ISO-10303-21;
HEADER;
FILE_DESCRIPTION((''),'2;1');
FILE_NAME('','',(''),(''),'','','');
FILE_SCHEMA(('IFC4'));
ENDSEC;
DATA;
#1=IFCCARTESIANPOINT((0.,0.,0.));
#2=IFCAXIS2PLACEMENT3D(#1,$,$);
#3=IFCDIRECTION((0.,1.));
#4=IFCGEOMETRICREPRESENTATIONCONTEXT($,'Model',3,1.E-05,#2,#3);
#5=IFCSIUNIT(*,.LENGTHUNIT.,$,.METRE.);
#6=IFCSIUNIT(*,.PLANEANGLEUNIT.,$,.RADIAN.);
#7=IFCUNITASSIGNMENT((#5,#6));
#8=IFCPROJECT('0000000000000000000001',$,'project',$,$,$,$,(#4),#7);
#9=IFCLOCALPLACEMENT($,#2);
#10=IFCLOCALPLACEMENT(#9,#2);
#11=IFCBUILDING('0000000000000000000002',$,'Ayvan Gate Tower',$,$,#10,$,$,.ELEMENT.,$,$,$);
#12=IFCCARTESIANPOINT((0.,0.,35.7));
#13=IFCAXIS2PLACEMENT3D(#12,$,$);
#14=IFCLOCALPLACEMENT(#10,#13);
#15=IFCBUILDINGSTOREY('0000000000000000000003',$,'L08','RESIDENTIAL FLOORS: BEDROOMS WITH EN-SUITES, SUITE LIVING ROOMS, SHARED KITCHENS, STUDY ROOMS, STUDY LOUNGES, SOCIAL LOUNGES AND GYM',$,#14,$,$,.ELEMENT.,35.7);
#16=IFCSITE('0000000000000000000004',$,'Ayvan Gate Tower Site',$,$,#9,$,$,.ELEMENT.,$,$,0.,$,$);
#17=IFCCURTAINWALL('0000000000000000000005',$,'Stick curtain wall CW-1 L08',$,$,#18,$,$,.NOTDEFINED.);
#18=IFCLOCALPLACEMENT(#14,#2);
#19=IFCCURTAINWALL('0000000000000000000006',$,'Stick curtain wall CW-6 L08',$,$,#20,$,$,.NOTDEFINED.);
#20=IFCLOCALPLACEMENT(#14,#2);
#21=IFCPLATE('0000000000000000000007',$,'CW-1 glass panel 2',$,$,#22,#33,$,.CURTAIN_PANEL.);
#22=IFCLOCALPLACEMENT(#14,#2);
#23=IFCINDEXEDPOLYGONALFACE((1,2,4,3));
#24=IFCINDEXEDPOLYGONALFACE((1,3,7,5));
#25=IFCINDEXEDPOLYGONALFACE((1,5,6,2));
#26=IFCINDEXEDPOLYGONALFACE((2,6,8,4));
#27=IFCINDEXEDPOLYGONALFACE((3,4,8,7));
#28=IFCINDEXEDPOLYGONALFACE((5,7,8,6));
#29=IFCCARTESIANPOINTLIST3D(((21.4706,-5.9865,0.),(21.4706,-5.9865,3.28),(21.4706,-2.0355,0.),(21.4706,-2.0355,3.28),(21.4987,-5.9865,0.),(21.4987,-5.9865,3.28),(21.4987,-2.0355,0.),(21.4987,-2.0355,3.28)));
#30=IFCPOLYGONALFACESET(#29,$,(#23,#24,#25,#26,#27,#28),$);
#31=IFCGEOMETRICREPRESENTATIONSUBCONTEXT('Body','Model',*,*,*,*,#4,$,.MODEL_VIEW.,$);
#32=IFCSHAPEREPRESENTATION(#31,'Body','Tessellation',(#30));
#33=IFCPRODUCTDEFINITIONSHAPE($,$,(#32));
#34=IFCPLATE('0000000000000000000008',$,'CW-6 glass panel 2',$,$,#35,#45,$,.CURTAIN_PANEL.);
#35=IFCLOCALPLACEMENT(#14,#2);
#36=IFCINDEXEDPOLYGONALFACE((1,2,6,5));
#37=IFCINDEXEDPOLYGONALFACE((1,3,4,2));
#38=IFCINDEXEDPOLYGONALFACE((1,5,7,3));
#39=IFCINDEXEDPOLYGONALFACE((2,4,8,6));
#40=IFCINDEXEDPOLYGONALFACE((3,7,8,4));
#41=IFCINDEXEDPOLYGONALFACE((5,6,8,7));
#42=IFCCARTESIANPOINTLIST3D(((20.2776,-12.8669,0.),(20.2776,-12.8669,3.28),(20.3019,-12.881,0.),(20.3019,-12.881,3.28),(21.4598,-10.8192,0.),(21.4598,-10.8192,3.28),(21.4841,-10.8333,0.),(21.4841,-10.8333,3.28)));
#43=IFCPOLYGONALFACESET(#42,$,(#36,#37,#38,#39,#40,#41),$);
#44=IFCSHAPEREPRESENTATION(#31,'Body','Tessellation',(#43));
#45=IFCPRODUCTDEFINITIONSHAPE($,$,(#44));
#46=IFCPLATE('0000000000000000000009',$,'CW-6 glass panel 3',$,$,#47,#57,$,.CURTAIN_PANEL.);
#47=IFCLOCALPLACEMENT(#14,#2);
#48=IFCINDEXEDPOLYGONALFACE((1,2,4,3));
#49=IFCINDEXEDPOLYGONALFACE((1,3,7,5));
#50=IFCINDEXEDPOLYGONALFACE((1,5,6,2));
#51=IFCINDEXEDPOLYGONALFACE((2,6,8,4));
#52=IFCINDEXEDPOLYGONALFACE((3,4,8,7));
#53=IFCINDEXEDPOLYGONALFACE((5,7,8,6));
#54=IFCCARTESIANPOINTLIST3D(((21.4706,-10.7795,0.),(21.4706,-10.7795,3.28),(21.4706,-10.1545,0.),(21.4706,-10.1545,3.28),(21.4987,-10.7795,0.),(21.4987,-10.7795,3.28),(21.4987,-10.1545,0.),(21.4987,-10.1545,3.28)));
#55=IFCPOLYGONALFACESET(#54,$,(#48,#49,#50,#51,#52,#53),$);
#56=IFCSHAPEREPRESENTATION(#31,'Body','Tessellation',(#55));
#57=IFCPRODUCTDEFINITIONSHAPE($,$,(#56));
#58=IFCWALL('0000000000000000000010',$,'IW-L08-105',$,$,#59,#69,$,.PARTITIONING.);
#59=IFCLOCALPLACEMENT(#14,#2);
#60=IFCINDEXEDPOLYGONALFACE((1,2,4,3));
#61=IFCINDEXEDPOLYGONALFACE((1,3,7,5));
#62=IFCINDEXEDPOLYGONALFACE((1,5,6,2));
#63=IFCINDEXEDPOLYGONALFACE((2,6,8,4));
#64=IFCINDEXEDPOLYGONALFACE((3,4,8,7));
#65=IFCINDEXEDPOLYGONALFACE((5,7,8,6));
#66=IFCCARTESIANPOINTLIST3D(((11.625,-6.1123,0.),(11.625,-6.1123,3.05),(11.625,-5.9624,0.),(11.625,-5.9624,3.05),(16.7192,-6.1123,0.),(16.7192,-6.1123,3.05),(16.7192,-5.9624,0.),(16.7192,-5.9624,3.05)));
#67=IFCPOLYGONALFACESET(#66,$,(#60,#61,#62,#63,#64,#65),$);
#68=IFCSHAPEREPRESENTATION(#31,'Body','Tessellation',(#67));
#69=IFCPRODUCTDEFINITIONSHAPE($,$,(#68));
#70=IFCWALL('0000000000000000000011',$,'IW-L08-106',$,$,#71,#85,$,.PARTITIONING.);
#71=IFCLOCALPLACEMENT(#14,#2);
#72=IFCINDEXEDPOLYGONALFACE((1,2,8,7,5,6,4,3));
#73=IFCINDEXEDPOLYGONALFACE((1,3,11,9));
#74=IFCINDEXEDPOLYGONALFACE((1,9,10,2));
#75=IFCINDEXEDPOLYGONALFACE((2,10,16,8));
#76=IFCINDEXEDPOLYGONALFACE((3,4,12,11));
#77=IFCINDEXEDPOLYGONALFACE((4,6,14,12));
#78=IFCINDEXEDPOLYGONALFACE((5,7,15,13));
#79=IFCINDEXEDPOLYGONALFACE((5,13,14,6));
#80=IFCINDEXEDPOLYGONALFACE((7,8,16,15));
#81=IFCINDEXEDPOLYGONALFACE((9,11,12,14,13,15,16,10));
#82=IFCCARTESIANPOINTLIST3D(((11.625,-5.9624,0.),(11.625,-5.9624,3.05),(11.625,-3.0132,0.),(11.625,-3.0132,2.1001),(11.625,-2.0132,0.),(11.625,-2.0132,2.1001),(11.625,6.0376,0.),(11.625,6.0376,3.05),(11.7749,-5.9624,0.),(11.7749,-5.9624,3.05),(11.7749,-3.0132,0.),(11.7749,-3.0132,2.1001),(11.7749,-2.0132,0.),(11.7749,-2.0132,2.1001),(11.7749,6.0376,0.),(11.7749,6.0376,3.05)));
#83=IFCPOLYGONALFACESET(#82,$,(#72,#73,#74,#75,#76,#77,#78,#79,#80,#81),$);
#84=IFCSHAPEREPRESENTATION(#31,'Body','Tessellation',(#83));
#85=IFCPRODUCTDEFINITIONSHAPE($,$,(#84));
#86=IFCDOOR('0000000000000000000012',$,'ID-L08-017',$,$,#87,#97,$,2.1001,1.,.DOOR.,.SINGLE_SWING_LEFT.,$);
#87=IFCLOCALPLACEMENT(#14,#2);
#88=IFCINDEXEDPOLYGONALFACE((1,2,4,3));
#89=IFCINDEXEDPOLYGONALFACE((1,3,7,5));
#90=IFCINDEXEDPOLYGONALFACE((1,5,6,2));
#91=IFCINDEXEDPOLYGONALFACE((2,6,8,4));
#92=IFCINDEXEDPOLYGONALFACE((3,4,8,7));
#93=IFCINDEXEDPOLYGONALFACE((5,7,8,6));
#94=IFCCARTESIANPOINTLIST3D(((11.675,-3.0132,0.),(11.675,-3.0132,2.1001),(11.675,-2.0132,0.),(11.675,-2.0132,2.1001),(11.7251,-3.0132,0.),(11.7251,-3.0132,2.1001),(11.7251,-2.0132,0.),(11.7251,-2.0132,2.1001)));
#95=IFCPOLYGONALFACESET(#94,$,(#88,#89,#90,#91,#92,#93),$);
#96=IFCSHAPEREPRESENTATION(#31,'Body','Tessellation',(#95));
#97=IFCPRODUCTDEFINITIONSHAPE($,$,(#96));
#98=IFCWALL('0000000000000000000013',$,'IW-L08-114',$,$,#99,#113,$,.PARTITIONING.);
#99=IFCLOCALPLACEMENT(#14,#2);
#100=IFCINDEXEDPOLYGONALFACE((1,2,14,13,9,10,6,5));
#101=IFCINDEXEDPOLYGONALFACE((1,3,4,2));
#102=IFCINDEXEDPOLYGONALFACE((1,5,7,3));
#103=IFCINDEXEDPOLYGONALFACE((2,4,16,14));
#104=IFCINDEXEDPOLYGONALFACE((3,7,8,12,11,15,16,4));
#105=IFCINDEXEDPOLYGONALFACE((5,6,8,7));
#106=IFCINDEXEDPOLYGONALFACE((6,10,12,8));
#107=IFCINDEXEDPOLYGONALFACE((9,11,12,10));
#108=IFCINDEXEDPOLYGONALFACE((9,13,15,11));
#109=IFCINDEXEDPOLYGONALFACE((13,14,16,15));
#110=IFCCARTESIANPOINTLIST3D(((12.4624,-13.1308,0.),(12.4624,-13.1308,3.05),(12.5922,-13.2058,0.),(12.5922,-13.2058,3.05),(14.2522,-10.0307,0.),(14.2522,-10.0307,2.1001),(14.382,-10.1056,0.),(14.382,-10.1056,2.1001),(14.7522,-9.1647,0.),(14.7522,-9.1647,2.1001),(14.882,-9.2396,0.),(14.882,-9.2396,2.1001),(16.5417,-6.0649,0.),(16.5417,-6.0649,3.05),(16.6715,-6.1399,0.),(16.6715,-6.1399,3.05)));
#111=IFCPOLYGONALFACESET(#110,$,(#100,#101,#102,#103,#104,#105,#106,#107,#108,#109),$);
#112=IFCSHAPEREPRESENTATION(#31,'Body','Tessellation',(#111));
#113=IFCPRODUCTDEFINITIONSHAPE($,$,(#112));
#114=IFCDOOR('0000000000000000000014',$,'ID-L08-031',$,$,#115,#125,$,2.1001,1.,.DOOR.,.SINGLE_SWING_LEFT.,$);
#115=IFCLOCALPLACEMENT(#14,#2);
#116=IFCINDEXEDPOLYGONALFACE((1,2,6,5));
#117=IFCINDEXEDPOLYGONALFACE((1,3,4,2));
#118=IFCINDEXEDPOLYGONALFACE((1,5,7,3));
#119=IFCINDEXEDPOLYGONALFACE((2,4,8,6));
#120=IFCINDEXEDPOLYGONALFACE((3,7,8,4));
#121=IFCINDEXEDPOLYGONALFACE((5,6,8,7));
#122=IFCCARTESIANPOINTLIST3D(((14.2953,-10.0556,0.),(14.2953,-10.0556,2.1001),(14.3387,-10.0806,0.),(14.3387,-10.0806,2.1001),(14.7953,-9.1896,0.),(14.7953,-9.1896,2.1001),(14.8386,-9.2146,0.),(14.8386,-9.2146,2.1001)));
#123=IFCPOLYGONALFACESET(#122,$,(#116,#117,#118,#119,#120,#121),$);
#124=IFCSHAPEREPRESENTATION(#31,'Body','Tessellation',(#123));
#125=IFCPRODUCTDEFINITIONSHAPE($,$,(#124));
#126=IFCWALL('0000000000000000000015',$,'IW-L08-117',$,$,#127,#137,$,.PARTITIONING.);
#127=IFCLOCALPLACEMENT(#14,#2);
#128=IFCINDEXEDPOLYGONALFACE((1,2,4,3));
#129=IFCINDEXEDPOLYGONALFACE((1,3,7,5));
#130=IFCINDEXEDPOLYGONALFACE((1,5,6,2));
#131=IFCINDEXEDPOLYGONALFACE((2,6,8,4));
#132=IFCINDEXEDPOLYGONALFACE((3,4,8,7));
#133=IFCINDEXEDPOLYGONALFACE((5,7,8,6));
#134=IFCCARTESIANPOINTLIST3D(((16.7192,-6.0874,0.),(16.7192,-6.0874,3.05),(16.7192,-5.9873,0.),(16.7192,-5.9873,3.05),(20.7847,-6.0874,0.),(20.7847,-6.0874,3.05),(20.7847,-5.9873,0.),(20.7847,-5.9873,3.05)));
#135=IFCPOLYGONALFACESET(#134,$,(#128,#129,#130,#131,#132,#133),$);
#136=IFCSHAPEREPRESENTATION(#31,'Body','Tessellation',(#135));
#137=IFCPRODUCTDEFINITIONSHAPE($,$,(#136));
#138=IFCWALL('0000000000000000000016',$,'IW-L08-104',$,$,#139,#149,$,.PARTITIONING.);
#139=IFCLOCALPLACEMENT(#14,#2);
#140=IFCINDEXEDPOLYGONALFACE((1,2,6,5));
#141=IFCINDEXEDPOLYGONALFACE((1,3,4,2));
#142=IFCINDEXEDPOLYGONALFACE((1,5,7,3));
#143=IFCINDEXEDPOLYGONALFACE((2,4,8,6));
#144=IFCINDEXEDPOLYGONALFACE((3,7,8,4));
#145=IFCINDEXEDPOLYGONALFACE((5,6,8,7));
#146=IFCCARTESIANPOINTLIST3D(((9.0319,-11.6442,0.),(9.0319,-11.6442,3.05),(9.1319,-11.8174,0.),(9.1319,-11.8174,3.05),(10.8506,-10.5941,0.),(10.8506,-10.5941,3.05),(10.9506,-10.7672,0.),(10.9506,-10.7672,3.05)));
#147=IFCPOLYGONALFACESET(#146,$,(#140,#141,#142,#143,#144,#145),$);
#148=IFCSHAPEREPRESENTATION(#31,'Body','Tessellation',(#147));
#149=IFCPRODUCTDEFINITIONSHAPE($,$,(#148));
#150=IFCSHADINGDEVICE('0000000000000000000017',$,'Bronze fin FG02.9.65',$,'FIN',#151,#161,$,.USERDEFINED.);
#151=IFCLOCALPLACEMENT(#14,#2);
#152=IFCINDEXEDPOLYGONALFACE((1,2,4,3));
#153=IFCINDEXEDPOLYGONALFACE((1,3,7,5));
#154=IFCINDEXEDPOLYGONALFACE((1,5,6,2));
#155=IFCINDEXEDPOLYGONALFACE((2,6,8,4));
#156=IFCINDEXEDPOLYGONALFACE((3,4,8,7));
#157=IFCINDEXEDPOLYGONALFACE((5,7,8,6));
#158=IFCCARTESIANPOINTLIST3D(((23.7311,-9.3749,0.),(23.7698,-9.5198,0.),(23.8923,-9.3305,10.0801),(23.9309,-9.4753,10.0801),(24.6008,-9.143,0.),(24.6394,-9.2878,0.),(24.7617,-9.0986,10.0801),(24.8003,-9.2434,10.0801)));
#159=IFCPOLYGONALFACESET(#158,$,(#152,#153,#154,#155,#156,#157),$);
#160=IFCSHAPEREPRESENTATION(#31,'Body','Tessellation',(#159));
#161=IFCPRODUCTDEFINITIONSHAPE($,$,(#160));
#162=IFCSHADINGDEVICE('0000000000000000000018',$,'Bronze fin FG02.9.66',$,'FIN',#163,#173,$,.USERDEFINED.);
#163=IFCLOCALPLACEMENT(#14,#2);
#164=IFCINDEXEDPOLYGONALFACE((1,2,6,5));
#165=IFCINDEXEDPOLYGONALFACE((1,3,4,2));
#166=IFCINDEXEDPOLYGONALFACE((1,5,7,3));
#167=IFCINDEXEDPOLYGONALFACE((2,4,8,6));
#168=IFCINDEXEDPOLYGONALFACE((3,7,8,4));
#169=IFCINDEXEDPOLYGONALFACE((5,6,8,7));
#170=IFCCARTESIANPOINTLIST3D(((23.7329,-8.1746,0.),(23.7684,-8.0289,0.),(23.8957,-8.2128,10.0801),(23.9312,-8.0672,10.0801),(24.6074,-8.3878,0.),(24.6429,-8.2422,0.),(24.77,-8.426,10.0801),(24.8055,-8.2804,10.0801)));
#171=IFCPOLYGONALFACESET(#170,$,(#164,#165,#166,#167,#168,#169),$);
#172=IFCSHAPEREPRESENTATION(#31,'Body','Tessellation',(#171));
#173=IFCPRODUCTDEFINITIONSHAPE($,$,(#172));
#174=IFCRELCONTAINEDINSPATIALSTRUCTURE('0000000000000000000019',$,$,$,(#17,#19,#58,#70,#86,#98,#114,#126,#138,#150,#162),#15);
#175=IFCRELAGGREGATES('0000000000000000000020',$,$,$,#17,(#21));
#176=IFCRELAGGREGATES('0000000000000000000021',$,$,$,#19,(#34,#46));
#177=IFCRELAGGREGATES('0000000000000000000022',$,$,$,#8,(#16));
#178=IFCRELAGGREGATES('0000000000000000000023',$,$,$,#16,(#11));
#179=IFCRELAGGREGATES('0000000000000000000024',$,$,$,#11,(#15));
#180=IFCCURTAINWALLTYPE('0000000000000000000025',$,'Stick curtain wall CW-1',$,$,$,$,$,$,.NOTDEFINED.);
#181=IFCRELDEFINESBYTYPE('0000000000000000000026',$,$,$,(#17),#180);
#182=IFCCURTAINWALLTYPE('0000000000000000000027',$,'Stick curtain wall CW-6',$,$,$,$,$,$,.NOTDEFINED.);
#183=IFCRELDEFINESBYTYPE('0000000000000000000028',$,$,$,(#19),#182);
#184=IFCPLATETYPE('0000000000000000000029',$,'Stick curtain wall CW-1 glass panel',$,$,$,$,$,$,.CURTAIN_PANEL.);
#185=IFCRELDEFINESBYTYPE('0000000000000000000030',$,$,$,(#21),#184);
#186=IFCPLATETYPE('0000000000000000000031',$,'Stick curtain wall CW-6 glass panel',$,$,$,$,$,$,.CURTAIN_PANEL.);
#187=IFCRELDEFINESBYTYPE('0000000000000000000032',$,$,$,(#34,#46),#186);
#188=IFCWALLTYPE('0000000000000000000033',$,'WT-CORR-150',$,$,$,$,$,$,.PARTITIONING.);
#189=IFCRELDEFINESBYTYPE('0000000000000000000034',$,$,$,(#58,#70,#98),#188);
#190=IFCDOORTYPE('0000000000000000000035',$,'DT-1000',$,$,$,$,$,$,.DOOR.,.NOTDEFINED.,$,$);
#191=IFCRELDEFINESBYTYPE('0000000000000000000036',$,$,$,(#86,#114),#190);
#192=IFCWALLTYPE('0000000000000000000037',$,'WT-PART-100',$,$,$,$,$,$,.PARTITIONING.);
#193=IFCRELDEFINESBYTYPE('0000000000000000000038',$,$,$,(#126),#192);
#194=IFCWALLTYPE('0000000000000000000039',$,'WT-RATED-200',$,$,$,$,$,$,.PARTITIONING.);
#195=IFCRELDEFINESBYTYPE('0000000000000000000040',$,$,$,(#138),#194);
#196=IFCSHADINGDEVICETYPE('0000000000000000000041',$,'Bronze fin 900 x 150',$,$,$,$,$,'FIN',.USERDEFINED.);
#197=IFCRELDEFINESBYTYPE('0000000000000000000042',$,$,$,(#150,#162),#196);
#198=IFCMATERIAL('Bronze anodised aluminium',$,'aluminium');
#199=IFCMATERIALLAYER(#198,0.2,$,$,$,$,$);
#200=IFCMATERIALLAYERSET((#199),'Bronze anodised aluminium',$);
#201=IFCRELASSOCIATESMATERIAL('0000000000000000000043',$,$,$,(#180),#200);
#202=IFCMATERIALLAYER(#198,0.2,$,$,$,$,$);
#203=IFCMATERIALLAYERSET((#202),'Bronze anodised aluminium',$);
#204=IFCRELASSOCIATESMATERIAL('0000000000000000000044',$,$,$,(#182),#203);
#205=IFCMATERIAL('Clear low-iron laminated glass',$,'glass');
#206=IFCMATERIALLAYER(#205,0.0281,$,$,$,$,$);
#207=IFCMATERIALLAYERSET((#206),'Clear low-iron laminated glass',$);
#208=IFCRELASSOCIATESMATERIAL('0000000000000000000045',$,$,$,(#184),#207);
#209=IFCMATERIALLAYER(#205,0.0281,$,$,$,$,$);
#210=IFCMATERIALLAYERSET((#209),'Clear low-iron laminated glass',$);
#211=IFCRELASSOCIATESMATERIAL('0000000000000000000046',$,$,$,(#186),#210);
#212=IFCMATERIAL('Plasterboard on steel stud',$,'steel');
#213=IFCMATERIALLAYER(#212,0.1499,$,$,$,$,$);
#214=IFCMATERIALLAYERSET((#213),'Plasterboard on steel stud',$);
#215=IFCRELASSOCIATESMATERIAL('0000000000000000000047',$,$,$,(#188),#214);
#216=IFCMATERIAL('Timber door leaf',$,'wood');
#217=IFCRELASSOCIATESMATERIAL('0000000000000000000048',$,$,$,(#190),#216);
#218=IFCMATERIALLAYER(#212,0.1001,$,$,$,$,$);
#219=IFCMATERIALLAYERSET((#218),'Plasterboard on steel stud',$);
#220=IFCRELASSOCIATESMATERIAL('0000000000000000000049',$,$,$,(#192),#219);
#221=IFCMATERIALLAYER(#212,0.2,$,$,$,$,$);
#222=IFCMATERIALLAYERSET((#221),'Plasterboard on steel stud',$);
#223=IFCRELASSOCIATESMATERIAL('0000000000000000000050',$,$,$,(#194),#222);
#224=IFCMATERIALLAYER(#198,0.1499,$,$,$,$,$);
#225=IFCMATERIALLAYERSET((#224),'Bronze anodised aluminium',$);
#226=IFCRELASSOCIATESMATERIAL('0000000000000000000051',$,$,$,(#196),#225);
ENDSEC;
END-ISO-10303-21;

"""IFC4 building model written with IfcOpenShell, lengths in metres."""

from ifc_helpers import new_model, si_unit, direction, frame, frame_2d, origin, origin_2d, place, context, subcontext, project, spatial, polyline, rectangle, outline, extrude, material, layer, layer_set, type_object, element, fill, aggregate, save


model = new_model("IFC4")

# Units and contexts
model_context = context("Model", 3, precision=1e-05, world=origin(), true_north=direction((0.0, 1.0)))
body_context = subcontext(model_context, "Body", "Model", "MODEL_VIEW")
ifc_project = project(units=[si_unit("LENGTHUNIT", "METRE"), si_unit("PLANEANGLEUNIT", "RADIAN")], contexts=[model_context])

# Site, building, storey
site_placement = place(None, origin())
site = spatial("IfcSite", under=ifc_project, at=site_placement, Name="Ayvan Gate Tower Site", CompositionType="ELEMENT", RefElevation=0.0)
building_placement = place(site_placement, origin())
building = spatial("IfcBuilding", under=site, at=building_placement, Name="Ayvan Gate Tower", CompositionType="ELEMENT")
storey_placement = place(building_placement, frame((0.0, 0.0, 35.7)))
storey = spatial("IfcBuildingStorey", under=building, at=storey_placement, Name="L08", Description="RESIDENTIAL FLOORS: BEDROOMS WITH EN-SUITES, SUITE LIVING ROOMS, SHARED KITCHENS, STUDY ROOMS, STUDY LOUNGES, SOCIAL LOUNGES AND GYM", CompositionType="ELEMENT", Elevation=35.7)

# Curtain walls
ifc_material_1 = material(Name="Bronze anodised aluminium", Category="aluminium")
ifc_layer_1 = layer(ifc_material_1, 0.2)
ifc_layer_set_1 = layer_set([ifc_layer_1], Name="Bronze anodised aluminium")
curtain_wall_type_1 = type_object("IfcCurtainWallType", Name="Stick curtain wall CW-1", PredefinedType="NOTDEFINED", material=ifc_layer_set_1)
curtain_wall_1_placement = place(storey_placement, origin())
curtain_wall_1 = element("IfcCurtainWall", 1, at=curtain_wall_1_placement, inside=storey, type_object=curtain_wall_type_1, Name="Stick curtain wall CW-1 L08", PredefinedType="NOTDEFINED")
ifc_layer_2 = layer(ifc_material_1, 0.2)
ifc_layer_set_2 = layer_set([ifc_layer_2], Name="Bronze anodised aluminium")
curtain_wall_type_2 = type_object("IfcCurtainWallType", Name="Stick curtain wall CW-6", PredefinedType="NOTDEFINED", material=ifc_layer_set_2)
curtain_wall_2_placement = place(storey_placement, origin())
curtain_wall_2 = element("IfcCurtainWall", 2, at=curtain_wall_2_placement, inside=storey, type_object=curtain_wall_type_2, Name="Stick curtain wall CW-6 L08", PredefinedType="NOTDEFINED")

# Plates
ifc_material_2 = material(Name="Clear low-iron laminated glass", Category="glass")
ifc_layer_3 = layer(ifc_material_2, 0.0281)
ifc_layer_set_3 = layer_set([ifc_layer_3], Name="Clear low-iron laminated glass")
plate_type_1 = type_object("IfcPlateType", Name="Stick curtain wall CW-1 glass panel", PredefinedType="CURTAIN_PANEL", material=ifc_layer_set_3)
plate_1_placement = place(storey_placement, frame((21.4846, -4.011, 0.0), z_axis=(0.0, 0.0, 1.0), x_axis=(0.0, 1.0, 0.0)))
plate_1 = element("IfcPlate", 3, at=plate_1_placement, type_object=plate_type_1, Name="CW-1 glass panel 2", PredefinedType="CURTAIN_PANEL", context=body_context, shape_type="SweptSolid", body=[
    extrude(rectangle(XDim=3.9509, YDim=0.0281, at=origin_2d()), origin(), (0.0, 0.0, 1.0), 3.28),
])
aggregate(curtain_wall_1, [plate_1])
ifc_layer_4 = layer(ifc_material_2, 0.0281)
ifc_layer_set_4 = layer_set([ifc_layer_4], Name="Clear low-iron laminated glass")
plate_type_2 = type_object("IfcPlateType", Name="Stick curtain wall CW-6 glass panel", PredefinedType="CURTAIN_PANEL", material=ifc_layer_set_4)
plate_2_placement = place(storey_placement, frame((20.8809, -11.8501, 0.0), z_axis=(0.0, 0.0, 1.0), x_axis=(0.5, 0.866025, 0.0)))
plate_2 = element("IfcPlate", 4, at=plate_2_placement, type_object=plate_type_2, Name="CW-6 glass panel 2", PredefinedType="CURTAIN_PANEL", context=body_context, shape_type="SweptSolid", body=[
    extrude(rectangle(XDim=2.3645, YDim=0.0281, at=origin_2d()), origin(), (0.0, 0.0, 1.0), 3.28),
])
plate_3_placement = place(storey_placement, frame((21.4846, -10.467, 0.0), z_axis=(0.0, 0.0, 1.0), x_axis=(0.0, 1.0, 0.0)))
plate_3 = element("IfcPlate", 5, at=plate_3_placement, type_object=plate_type_2, Name="CW-6 glass panel 3", PredefinedType="CURTAIN_PANEL", context=body_context, shape_type="SweptSolid", body=[
    extrude(rectangle(XDim=0.625, YDim=0.0281, at=origin_2d()), origin(), (0.0, 0.0, 1.0), 3.28),
])
aggregate(curtain_wall_2, [plate_2, plate_3])

# Wall
ifc_material_3 = material(Name="Plasterboard on steel stud", Category="steel")
ifc_layer_5 = layer(ifc_material_3, 0.1499)
ifc_layer_set_5 = layer_set([ifc_layer_5], Name="Plasterboard on steel stud")
wall_type_1 = type_object("IfcWallType", Name="WT-CORR-150", PredefinedType="PARTITIONING", material=ifc_layer_set_5)
wall_1_placement = place(storey_placement, frame((11.625, -6.0374, 0.0), z_axis=(0.0, 0.0, 1.0), x_axis=(1.0, 0.0, 0.0)))
element("IfcWall", 6, at=wall_1_placement, inside=storey, type_object=wall_type_1, Name="IW-L08-105", PredefinedType="PARTITIONING", context=body_context, shape_type="SweptSolid", body=[
    extrude(rectangle(XDim=5.0942, YDim=0.1499, at=frame_2d((2.5471, 0.0))), origin(), (0.0, 0.0, 1.0), 3.05),
])

# Walls, openings, doors
wall_2_placement = place(storey_placement, frame((11.7, -5.9624, 0.0), z_axis=(0.0, 0.0, 1.0), x_axis=(0.0, 1.0, 0.0)))
wall_2 = element("IfcWall", 7, at=wall_2_placement, inside=storey, type_object=wall_type_1, Name="IW-L08-106", PredefinedType="PARTITIONING", context=body_context, shape_type="SweptSolid", body=[
    extrude(rectangle(XDim=12.0, YDim=0.1499, at=frame_2d((6.0, 0.0))), origin(), (0.0, 0.0, 1.0), 3.05),
])
opening_1_placement = place(wall_2_placement, frame((2.9492, 0.0, 0.0)))
opening_1 = element("IfcOpeningElement", 8, at=opening_1_placement, cuts=wall_2, PredefinedType="OPENING", context=body_context, shape_type="SweptSolid", body=[
    extrude(rectangle(XDim=1.0, YDim=2.1001, at=frame_2d((0.5, 1.05))), frame((0.0, 0.085, 0.0), z_axis=(0.0, -1.0, 0.0), x_axis=(1.0, 0.0, 0.0)), (0.0, 0.0, 1.0), 0.1699),
])
ifc_material_4 = material(Name="Timber door leaf", Category="wood")
door_type = type_object("IfcDoorType", Name="DT-1000", OperationType="NOTDEFINED", PredefinedType="DOOR", material=ifc_material_4)
door_1_placement = place(opening_1_placement, origin())
door_1 = element("IfcDoor", 9, at=door_1_placement, inside=storey, type_object=door_type, Name="ID-L08-017", OperationType="SINGLE_SWING_LEFT", OverallHeight=2.1001, OverallWidth=1.0, PredefinedType="DOOR", context=body_context, shape_type="SweptSolid", body=[
    extrude(rectangle(XDim=1.0, YDim=2.1001, at=frame_2d((0.5, 1.05))), frame((0.0, 0.0249, 0.0), z_axis=(0.0, -1.0, 0.0), x_axis=(1.0, 0.0, 0.0)), (0.0, 0.0, 1.0), 0.05),
])
fill(opening_1, door_1)
wall_3_placement = place(storey_placement, frame((16.6067, -6.1023, 0.0), z_axis=(0.0, 0.0, 1.0), x_axis=(-0.499985, -0.866034, 0.0)))
wall_3 = element("IfcWall", 10, at=wall_3_placement, inside=storey, type_object=wall_type_1, Name="IW-L08-114", PredefinedType="PARTITIONING", context=body_context, shape_type="SweptSolid", body=[
    extrude(rectangle(XDim=8.1589, YDim=0.1499, at=frame_2d((4.0796, 0.0))), origin(), (0.0, 0.0, 1.0), 3.05),
])
opening_2_placement = place(wall_3_placement, frame((3.5793, 0.0, 0.0)))
opening_2 = element("IfcOpeningElement", 11, at=opening_2_placement, cuts=wall_3, PredefinedType="OPENING", context=body_context, shape_type="SweptSolid", body=[
    extrude(rectangle(XDim=1.0, YDim=2.1001, at=frame_2d((0.5, 1.05))), frame((0.0, 0.085, 0.0), z_axis=(0.0, -1.0, 0.0), x_axis=(1.0, 0.0, 0.0)), (0.0, 0.0, 1.0), 0.1699),
])
door_2_placement = place(opening_2_placement, origin())
door_2 = element("IfcDoor", 12, at=door_2_placement, inside=storey, type_object=door_type, Name="ID-L08-031", OperationType="SINGLE_SWING_LEFT", OverallHeight=2.1001, OverallWidth=1.0, PredefinedType="DOOR", context=body_context, shape_type="SweptSolid", body=[
    extrude(rectangle(XDim=1.0, YDim=2.1001, at=frame_2d((0.5, 1.05))), frame((0.0, 0.0249, 0.0), z_axis=(0.0, -1.0, 0.0), x_axis=(1.0, 0.0, 0.0)), (0.0, 0.0, 1.0), 0.05),
])
fill(opening_2, door_2)

# Walls
ifc_layer_6 = layer(ifc_material_3, 0.1001)
ifc_layer_set_6 = layer_set([ifc_layer_6], Name="Plasterboard on steel stud")
wall_type_2 = type_object("IfcWallType", Name="WT-PART-100", PredefinedType="PARTITIONING", material=ifc_layer_set_6)
wall_4_placement = place(storey_placement, frame((20.7847, -6.0374, 0.0), z_axis=(0.0, 0.0, 1.0), x_axis=(-1.0, 0.0, 0.0)))
element("IfcWall", 13, at=wall_4_placement, inside=storey, type_object=wall_type_2, Name="IW-L08-117", PredefinedType="PARTITIONING", context=body_context, shape_type="SweptSolid", body=[
    extrude(rectangle(XDim=4.0654, YDim=0.1001, at=frame_2d((2.0327, 0.0))), origin(), (0.0, 0.0, 1.0), 3.05),
])
ifc_layer_7 = layer(ifc_material_3, 0.2)
ifc_layer_set_7 = layer_set([ifc_layer_7], Name="Plasterboard on steel stud")
wall_type_3 = type_object("IfcWallType", Name="WT-RATED-200", PredefinedType="PARTITIONING", material=ifc_layer_set_7)
wall_5_placement = place(storey_placement, frame((10.9006, -10.6807, 0.0), z_axis=(0.0, 0.0, 1.0), x_axis=(-0.866009, -0.500028, 0.0)))
element("IfcWall", 14, at=wall_5_placement, inside=storey, type_object=wall_type_3, Name="IW-L08-104", PredefinedType="PARTITIONING", context=body_context, shape_type="SweptSolid", body=[
    extrude(rectangle(XDim=2.1001, YDim=0.2, at=frame_2d((1.05, 0.0))), origin(), (0.0, 0.0, 1.0), 3.05),
])

# Shading devices
ifc_layer_8 = layer(ifc_material_1, 0.1499)
ifc_layer_set_8 = layer_set([ifc_layer_8], Name="Bronze anodised aluminium")
shading_device_type = type_object("IfcShadingDeviceType", Name="Bronze fin 900 x 150", ElementType="FIN", PredefinedType="USERDEFINED", material=ifc_layer_set_8)
shading_device_1_placement = place(storey_placement, frame((23.7698, -9.5198, 0.0), z_axis=(0.25773, -0.966217, 0.000142), x_axis=(0.966217, 0.25773, 0.0)))
element("IfcShadingDevice", 15, at=shading_device_1_placement, inside=storey, type_object=shading_device_type, Name="Bronze fin FG02.9.65", ObjectType="FIN", PredefinedType="USERDEFINED", context=body_context, shape_type="SweptSolid", body=[
    extrude(outline(polyline([(0.0, 0.0), (0.9, 0.0), (1.0669, 10.0801), (0.1671, 10.0801), (0.0, 0.0)])), origin(), (0.0, 0.0, -1.0), 0.1499),
])
shading_device_2_placement = place(storey_placement, frame((23.7329, -8.1746, 0.0), z_axis=(-0.236947, -0.971523, 0.000142), x_axis=(0.971523, -0.236947, 0.0)))
element("IfcShadingDevice", 16, at=shading_device_2_placement, inside=storey, type_object=shading_device_type, Name="Bronze fin FG02.9.66", ObjectType="FIN", PredefinedType="USERDEFINED", context=body_context, shape_type="SweptSolid", body=[
    extrude(outline(polyline([(0.0, 0.0), (0.9001, 0.0), (1.0672, 10.0801), (0.1672, 10.0801), (0.0, 0.0)])), origin(), (0.0, 0.0, -1.0), 0.1499),
])

save(model, "model.ifc")
